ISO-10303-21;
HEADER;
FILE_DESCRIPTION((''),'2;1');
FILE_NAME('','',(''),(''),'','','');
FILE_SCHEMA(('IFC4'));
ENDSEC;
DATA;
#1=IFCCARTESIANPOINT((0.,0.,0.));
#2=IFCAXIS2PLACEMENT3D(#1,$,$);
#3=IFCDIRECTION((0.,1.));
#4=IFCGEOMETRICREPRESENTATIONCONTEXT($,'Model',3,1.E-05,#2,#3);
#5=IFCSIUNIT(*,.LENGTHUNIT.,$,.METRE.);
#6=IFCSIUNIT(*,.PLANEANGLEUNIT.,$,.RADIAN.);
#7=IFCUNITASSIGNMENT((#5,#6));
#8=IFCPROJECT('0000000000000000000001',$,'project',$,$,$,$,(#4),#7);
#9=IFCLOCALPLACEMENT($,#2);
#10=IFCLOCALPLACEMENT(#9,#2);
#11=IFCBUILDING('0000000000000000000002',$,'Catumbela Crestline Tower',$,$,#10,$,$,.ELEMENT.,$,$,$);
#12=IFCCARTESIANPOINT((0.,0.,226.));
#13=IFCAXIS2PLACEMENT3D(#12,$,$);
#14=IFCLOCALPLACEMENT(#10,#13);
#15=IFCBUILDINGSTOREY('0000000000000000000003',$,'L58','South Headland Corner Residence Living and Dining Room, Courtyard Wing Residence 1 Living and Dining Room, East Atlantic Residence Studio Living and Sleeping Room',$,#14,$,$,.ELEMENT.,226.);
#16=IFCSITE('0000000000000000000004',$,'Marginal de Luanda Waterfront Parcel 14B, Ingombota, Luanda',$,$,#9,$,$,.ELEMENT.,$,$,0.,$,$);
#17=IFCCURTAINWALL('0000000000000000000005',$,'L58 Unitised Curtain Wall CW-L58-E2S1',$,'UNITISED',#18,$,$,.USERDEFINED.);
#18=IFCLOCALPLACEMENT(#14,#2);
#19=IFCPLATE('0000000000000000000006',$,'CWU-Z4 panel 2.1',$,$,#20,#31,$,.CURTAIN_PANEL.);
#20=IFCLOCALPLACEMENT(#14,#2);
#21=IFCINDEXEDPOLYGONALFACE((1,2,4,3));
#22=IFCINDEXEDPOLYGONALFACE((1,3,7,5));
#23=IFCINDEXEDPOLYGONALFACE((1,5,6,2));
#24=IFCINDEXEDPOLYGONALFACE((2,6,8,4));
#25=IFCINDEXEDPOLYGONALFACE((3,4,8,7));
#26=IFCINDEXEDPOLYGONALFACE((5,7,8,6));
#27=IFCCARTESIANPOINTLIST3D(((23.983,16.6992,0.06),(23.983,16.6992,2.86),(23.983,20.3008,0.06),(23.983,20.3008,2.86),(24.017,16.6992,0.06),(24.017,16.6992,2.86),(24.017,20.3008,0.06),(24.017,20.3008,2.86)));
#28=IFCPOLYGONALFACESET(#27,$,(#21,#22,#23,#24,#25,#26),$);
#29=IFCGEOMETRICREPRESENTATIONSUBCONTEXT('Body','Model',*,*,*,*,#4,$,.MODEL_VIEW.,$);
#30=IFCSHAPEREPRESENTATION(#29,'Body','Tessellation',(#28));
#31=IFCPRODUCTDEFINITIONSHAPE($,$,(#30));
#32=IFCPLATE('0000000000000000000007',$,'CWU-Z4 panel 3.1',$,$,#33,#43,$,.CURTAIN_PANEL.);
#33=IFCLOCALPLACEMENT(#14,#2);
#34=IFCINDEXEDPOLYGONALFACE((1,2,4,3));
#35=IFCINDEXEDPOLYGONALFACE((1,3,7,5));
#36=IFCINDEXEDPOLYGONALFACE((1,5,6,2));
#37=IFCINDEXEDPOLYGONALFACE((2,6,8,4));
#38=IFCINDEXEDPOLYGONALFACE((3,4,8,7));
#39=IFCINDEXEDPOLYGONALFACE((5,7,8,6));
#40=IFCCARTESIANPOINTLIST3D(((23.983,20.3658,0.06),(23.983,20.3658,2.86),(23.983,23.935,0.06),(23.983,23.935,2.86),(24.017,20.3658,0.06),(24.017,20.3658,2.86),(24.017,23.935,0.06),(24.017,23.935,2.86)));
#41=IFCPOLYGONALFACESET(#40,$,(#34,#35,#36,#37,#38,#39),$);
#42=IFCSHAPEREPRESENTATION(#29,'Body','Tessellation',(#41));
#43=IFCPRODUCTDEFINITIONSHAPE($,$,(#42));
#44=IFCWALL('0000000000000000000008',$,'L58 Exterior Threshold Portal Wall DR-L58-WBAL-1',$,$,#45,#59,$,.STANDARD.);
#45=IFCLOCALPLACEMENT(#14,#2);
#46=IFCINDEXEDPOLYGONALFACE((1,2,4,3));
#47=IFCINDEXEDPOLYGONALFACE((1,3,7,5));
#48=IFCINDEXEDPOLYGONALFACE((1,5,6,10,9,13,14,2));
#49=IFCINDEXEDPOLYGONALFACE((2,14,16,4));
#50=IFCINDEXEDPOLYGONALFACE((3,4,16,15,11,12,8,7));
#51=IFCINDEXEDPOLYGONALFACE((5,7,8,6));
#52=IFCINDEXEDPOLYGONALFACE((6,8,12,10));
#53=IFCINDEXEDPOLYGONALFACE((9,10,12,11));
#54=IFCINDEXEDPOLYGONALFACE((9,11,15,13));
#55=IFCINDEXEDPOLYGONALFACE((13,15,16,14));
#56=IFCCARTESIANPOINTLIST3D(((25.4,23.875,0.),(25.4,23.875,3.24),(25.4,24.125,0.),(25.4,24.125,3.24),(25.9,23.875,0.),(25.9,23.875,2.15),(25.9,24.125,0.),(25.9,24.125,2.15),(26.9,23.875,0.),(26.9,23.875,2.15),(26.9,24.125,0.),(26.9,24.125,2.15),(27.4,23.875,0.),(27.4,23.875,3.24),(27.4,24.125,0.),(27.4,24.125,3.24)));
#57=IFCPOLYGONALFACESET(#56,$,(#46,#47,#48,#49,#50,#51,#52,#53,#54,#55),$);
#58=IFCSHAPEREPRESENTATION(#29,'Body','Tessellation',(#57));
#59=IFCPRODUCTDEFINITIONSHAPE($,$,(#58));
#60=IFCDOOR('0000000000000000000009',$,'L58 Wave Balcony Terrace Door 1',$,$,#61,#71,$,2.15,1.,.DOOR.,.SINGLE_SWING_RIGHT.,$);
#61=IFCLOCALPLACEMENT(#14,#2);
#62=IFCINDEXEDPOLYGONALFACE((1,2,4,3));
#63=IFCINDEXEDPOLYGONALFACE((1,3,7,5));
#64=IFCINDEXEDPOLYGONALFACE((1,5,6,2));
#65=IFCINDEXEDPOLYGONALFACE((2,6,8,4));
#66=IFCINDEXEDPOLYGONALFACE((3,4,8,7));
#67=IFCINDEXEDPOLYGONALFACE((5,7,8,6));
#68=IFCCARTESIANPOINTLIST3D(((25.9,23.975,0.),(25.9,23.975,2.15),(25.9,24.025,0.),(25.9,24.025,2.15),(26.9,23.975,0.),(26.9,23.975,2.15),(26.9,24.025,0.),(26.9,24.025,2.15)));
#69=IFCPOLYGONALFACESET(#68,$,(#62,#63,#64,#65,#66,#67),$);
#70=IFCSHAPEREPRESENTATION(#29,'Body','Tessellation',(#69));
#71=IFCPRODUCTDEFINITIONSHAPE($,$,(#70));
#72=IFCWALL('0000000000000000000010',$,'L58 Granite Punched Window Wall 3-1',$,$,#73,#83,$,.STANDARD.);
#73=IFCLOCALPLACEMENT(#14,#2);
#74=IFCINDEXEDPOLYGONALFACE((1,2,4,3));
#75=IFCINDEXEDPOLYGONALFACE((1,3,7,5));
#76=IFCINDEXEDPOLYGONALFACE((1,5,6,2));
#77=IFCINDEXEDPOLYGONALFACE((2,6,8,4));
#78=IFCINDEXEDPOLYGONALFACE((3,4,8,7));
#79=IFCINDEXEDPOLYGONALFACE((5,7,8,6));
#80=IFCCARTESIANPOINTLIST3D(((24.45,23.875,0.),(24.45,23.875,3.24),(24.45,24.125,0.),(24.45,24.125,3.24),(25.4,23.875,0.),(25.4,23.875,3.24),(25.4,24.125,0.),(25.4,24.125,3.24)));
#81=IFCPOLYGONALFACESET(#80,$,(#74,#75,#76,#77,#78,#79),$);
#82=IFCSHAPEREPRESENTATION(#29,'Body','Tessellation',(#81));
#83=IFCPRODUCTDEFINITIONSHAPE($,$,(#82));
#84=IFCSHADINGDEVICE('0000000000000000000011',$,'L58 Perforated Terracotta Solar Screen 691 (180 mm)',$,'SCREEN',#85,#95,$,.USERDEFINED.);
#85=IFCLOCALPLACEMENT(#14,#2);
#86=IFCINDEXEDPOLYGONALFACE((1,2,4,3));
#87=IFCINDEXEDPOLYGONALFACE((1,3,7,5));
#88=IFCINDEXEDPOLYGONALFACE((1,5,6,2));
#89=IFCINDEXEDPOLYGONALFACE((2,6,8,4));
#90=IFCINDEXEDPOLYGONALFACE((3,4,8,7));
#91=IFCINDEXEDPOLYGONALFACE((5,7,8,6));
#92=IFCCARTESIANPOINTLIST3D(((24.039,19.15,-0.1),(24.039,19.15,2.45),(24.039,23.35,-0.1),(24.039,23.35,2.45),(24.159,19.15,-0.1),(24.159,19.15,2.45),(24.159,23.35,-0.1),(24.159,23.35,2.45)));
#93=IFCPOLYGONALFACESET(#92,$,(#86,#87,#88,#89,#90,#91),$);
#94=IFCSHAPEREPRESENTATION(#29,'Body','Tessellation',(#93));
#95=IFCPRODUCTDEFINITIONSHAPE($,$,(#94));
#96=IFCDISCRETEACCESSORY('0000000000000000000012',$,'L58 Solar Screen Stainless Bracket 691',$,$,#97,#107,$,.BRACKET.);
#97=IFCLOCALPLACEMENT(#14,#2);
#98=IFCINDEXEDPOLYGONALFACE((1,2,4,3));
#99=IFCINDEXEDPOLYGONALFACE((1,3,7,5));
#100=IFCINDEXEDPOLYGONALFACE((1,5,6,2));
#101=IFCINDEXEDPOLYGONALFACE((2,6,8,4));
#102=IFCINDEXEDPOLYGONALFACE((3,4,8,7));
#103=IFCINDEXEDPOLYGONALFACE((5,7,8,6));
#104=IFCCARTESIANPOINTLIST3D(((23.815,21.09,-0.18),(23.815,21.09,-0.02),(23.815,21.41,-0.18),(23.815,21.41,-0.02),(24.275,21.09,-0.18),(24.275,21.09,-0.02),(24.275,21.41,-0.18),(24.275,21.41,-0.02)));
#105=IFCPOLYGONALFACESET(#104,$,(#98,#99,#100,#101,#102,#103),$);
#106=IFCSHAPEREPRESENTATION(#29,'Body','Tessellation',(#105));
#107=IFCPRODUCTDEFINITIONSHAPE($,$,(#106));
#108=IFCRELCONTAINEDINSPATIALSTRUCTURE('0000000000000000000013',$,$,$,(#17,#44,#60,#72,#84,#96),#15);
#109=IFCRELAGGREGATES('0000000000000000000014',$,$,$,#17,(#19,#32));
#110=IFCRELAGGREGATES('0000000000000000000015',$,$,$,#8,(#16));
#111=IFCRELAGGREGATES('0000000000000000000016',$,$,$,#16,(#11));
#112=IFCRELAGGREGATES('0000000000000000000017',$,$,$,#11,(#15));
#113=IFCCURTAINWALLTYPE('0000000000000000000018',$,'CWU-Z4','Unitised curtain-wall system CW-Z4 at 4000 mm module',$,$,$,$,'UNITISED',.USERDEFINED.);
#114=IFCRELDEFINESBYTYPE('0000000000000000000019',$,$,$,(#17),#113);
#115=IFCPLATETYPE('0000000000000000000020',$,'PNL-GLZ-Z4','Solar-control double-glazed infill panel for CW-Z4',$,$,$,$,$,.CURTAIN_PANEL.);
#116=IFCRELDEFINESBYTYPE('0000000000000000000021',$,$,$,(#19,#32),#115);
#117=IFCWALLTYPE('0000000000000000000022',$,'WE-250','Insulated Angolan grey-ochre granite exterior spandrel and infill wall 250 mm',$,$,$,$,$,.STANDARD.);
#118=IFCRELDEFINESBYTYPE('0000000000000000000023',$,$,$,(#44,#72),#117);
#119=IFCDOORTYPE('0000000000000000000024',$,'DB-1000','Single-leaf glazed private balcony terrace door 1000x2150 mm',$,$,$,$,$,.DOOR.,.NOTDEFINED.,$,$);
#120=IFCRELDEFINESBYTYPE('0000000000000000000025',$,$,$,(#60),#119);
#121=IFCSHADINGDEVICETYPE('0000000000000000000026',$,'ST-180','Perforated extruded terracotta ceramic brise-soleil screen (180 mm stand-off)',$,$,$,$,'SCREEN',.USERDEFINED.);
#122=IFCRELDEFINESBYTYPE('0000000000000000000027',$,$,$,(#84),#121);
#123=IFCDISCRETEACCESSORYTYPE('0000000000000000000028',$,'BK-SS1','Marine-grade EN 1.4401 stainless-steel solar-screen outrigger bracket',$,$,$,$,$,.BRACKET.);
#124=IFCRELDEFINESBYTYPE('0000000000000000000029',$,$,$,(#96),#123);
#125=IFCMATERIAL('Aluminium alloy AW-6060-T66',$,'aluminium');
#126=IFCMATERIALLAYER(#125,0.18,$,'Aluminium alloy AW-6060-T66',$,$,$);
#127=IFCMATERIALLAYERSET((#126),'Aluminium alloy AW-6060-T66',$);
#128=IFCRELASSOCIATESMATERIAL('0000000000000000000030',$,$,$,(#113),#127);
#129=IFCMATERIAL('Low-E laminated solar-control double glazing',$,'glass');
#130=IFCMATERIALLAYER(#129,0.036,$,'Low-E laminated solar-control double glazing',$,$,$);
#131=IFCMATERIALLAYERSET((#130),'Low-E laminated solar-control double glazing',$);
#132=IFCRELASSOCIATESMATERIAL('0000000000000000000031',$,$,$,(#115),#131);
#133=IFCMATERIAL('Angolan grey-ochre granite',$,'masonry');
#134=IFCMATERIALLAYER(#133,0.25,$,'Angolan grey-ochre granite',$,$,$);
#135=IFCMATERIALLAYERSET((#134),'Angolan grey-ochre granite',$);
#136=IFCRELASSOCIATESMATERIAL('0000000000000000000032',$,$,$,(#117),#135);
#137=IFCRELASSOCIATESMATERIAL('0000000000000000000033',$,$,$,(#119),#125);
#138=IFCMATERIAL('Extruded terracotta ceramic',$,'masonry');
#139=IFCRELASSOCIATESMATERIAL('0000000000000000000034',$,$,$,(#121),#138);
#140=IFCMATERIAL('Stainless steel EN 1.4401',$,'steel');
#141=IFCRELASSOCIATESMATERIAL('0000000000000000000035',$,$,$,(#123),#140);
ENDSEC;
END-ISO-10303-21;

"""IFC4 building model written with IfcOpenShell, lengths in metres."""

from ifc_helpers import new_model, si_unit, direction, frame, frame_2d, origin, origin_2d, place, context, subcontext, project, spatial, rectangle, extrude, material, layer, layer_set, type_object, element, fill, aggregate, save


model = new_model("IFC4")

# Units and contexts
model_context = context("Model", 3, precision=1e-05, world=origin(), true_north=direction((0.0, 1.0)))
body_context = subcontext(model_context, "Body", "Model", "MODEL_VIEW")
ifc_project = project(units=[si_unit("LENGTHUNIT", "METRE"), si_unit("PLANEANGLEUNIT", "RADIAN")], contexts=[model_context])

# Site, building, storey
site_placement = place(None, origin())
site = spatial("IfcSite", under=ifc_project, at=site_placement, Name="Marginal de Luanda Waterfront Parcel 14B, Ingombota, Luanda", CompositionType="ELEMENT", RefElevation=0.0)
building_placement = place(site_placement, origin())
building = spatial("IfcBuilding", under=site, at=building_placement, Name="Catumbela Crestline Tower", CompositionType="ELEMENT")
storey_placement = place(building_placement, frame((0.0, 0.0, 226.0)))
storey = spatial("IfcBuildingStorey", under=building, at=storey_placement, Name="L58", Description="South Headland Corner Residence Living and Dining Room, Courtyard Wing Residence 1 Living and Dining Room, East Atlantic Residence Studio Living and Sleeping Room", CompositionType="ELEMENT", Elevation=226.0)

# Curtain wall
ifc_material_1 = material(Name="Aluminium alloy AW-6060-T66", Category="aluminium")
ifc_layer_1 = layer(ifc_material_1, 0.18, Name="Aluminium alloy AW-6060-T66")
ifc_layer_set_1 = layer_set([ifc_layer_1], Name="Aluminium alloy AW-6060-T66")
curtain_wall_type = type_object("IfcCurtainWallType", Name="CWU-Z4", Description="Unitised curtain-wall system CW-Z4 at 4000 mm module", ElementType="UNITISED", PredefinedType="USERDEFINED", material=ifc_layer_set_1)
curtain_wall_placement = place(storey_placement, origin())
curtain_wall = element("IfcCurtainWall", 1, at=curtain_wall_placement, inside=storey, type_object=curtain_wall_type, Name="L58 Unitised Curtain Wall CW-L58-E2S1", ObjectType="UNITISED", PredefinedType="USERDEFINED")

# Plates
ifc_material_2 = material(Name="Low-E laminated solar-control double glazing", Category="glass")
ifc_layer_2 = layer(ifc_material_2, 0.036, Name="Low-E laminated solar-control double glazing")
ifc_layer_set_2 = layer_set([ifc_layer_2], Name="Low-E laminated solar-control double glazing")
plate_type = type_object("IfcPlateType", Name="PNL-GLZ-Z4", Description="Solar-control double-glazed infill panel for CW-Z4", PredefinedType="CURTAIN_PANEL", material=ifc_layer_set_2)
plate_1_placement = place(storey_placement, frame((24.0, 18.5, 0.06), z_axis=(0.0, 0.0, 1.0), x_axis=(0.0, 1.0, 0.0)))
plate_1 = element("IfcPlate", 2, at=plate_1_placement, type_object=plate_type, Name="CWU-Z4 panel 2.1", PredefinedType="CURTAIN_PANEL", context=body_context, shape_type="SweptSolid", body=[
    extrude(rectangle(XDim=3.6017, YDim=0.034, at=origin_2d()), origin(), (0.0, 0.0, 1.0), 2.8),
])
plate_2_placement = place(storey_placement, frame((24.0, 22.1504, 0.06), z_axis=(0.0, 0.0, 1.0), x_axis=(0.0, 1.0, 0.0)))
plate_2 = element("IfcPlate", 3, at=plate_2_placement, type_object=plate_type, Name="CWU-Z4 panel 3.1", PredefinedType="CURTAIN_PANEL", context=body_context, shape_type="SweptSolid", body=[
    extrude(rectangle(XDim=3.5692, YDim=0.034, at=origin_2d()), origin(), (0.0, 0.0, 1.0), 2.8),
])
aggregate(curtain_wall, [plate_1, plate_2])

# Wall, opening, door
ifc_material_3 = material(Name="Angolan grey-ochre granite", Category="masonry")
ifc_layer_3 = layer(ifc_material_3, 0.25, Name="Angolan grey-ochre granite")
ifc_layer_set_3 = layer_set([ifc_layer_3], Name="Angolan grey-ochre granite")
wall_type = type_object("IfcWallType", Name="WE-250", Description="Insulated Angolan grey-ochre granite exterior spandrel and infill wall 250 mm", PredefinedType="STANDARD", material=ifc_layer_set_3)
wall_1_placement = place(storey_placement, frame((25.4, 24.0, 0.0), z_axis=(0.0, 0.0, 1.0), x_axis=(1.0, 0.0, 0.0)))
wall_1 = element("IfcWall", 4, at=wall_1_placement, inside=storey, type_object=wall_type, Name="L58 Exterior Threshold Portal Wall DR-L58-WBAL-1", PredefinedType="STANDARD", context=body_context, shape_type="SweptSolid", body=[
    extrude(rectangle(XDim=2.0, YDim=0.25, at=frame_2d((1.0, 0.0))), origin(), (0.0, 0.0, 1.0), 3.24),
])
opening_placement = place(wall_1_placement, frame((0.5, 0.0, 0.0)))
opening = element("IfcOpeningElement", 5, at=opening_placement, cuts=wall_1, PredefinedType="OPENING", context=body_context, shape_type="SweptSolid", body=[
    extrude(rectangle(XDim=1.0, YDim=2.15, at=frame_2d((0.5, 1.075))), frame((0.0, 0.135, 0.0), z_axis=(0.0, -1.0, 0.0), x_axis=(1.0, 0.0, 0.0)), (0.0, 0.0, 1.0), 0.27),
])
door_type = type_object("IfcDoorType", Name="DB-1000", Description="Single-leaf glazed private balcony terrace door 1000x2150 mm", OperationType="NOTDEFINED", PredefinedType="DOOR", material=ifc_material_1)
door_placement = place(opening_placement, origin())
door = element("IfcDoor", 6, at=door_placement, inside=storey, type_object=door_type, Name="L58 Wave Balcony Terrace Door 1", OperationType="SINGLE_SWING_RIGHT", OverallHeight=2.15, OverallWidth=1.0, PredefinedType="DOOR", context=body_context, shape_type="SweptSolid", body=[
    extrude(rectangle(XDim=1.0, YDim=2.15, at=frame_2d((0.5, 1.075))), frame((0.0, 0.025, 0.0), z_axis=(0.0, -1.0, 0.0), x_axis=(1.0, 0.0, 0.0)), (0.0, 0.0, 1.0), 0.05),
])
fill(opening, door)

# Wall
wall_2_placement = place(storey_placement, frame((24.45, 24.0, 0.0), z_axis=(0.0, 0.0, 1.0), x_axis=(1.0, 0.0, 0.0)))
element("IfcWall", 7, at=wall_2_placement, inside=storey, type_object=wall_type, Name="L58 Granite Punched Window Wall 3-1", PredefinedType="STANDARD", context=body_context, shape_type="SweptSolid", body=[
    extrude(rectangle(XDim=0.95, YDim=0.25, at=frame_2d((0.475, 0.0))), origin(), (0.0, 0.0, 1.0), 3.24),
])

# Shared definitions
ifc_material_4 = material(Name="Stainless steel EN 1.4401", Category="steel")

# Shading device
ifc_material_5 = material(Name="Extruded terracotta ceramic", Category="masonry")
shading_device_type = type_object("IfcShadingDeviceType", Name="ST-180", Description="Perforated extruded terracotta ceramic brise-soleil screen (180 mm stand-off)", ElementType="SCREEN", PredefinedType="USERDEFINED", material=ifc_material_5)
shading_device_placement = place(storey_placement, frame((24.099, 21.25, -0.1), z_axis=(0.0, 0.0, 1.0), x_axis=(0.0, 1.0, 0.0)))
element("IfcShadingDevice", 8, at=shading_device_placement, inside=storey, type_object=shading_device_type, Name="L58 Perforated Terracotta Solar Screen 691 (180 mm)", ObjectType="SCREEN", PredefinedType="USERDEFINED", context=body_context, shape_type="SweptSolid", body=[
    extrude(rectangle(XDim=4.2, YDim=0.12, at=origin_2d()), origin(), (0.0, 0.0, 1.0), 2.55),
])

# Discrete accessory
discrete_accessory_type = type_object("IfcDiscreteAccessoryType", Name="BK-SS1", Description="Marine-grade EN 1.4401 stainless-steel solar-screen outrigger bracket", PredefinedType="BRACKET", material=ifc_material_4)
discrete_accessory_placement = place(storey_placement, frame((24.045, 21.25, -0.18), z_axis=(0.0, 0.0, 1.0), x_axis=(0.0, 1.0, 0.0)))
element("IfcDiscreteAccessory", 9, at=discrete_accessory_placement, inside=storey, type_object=discrete_accessory_type, Name="L58 Solar Screen Stainless Bracket 691", PredefinedType="BRACKET", context=body_context, shape_type="SweptSolid", body=[
    extrude(rectangle(XDim=0.32, YDim=0.46, at=origin_2d()), origin(), (0.0, 0.0, 1.0), 0.16),
])

save(model, "model.ifc")
